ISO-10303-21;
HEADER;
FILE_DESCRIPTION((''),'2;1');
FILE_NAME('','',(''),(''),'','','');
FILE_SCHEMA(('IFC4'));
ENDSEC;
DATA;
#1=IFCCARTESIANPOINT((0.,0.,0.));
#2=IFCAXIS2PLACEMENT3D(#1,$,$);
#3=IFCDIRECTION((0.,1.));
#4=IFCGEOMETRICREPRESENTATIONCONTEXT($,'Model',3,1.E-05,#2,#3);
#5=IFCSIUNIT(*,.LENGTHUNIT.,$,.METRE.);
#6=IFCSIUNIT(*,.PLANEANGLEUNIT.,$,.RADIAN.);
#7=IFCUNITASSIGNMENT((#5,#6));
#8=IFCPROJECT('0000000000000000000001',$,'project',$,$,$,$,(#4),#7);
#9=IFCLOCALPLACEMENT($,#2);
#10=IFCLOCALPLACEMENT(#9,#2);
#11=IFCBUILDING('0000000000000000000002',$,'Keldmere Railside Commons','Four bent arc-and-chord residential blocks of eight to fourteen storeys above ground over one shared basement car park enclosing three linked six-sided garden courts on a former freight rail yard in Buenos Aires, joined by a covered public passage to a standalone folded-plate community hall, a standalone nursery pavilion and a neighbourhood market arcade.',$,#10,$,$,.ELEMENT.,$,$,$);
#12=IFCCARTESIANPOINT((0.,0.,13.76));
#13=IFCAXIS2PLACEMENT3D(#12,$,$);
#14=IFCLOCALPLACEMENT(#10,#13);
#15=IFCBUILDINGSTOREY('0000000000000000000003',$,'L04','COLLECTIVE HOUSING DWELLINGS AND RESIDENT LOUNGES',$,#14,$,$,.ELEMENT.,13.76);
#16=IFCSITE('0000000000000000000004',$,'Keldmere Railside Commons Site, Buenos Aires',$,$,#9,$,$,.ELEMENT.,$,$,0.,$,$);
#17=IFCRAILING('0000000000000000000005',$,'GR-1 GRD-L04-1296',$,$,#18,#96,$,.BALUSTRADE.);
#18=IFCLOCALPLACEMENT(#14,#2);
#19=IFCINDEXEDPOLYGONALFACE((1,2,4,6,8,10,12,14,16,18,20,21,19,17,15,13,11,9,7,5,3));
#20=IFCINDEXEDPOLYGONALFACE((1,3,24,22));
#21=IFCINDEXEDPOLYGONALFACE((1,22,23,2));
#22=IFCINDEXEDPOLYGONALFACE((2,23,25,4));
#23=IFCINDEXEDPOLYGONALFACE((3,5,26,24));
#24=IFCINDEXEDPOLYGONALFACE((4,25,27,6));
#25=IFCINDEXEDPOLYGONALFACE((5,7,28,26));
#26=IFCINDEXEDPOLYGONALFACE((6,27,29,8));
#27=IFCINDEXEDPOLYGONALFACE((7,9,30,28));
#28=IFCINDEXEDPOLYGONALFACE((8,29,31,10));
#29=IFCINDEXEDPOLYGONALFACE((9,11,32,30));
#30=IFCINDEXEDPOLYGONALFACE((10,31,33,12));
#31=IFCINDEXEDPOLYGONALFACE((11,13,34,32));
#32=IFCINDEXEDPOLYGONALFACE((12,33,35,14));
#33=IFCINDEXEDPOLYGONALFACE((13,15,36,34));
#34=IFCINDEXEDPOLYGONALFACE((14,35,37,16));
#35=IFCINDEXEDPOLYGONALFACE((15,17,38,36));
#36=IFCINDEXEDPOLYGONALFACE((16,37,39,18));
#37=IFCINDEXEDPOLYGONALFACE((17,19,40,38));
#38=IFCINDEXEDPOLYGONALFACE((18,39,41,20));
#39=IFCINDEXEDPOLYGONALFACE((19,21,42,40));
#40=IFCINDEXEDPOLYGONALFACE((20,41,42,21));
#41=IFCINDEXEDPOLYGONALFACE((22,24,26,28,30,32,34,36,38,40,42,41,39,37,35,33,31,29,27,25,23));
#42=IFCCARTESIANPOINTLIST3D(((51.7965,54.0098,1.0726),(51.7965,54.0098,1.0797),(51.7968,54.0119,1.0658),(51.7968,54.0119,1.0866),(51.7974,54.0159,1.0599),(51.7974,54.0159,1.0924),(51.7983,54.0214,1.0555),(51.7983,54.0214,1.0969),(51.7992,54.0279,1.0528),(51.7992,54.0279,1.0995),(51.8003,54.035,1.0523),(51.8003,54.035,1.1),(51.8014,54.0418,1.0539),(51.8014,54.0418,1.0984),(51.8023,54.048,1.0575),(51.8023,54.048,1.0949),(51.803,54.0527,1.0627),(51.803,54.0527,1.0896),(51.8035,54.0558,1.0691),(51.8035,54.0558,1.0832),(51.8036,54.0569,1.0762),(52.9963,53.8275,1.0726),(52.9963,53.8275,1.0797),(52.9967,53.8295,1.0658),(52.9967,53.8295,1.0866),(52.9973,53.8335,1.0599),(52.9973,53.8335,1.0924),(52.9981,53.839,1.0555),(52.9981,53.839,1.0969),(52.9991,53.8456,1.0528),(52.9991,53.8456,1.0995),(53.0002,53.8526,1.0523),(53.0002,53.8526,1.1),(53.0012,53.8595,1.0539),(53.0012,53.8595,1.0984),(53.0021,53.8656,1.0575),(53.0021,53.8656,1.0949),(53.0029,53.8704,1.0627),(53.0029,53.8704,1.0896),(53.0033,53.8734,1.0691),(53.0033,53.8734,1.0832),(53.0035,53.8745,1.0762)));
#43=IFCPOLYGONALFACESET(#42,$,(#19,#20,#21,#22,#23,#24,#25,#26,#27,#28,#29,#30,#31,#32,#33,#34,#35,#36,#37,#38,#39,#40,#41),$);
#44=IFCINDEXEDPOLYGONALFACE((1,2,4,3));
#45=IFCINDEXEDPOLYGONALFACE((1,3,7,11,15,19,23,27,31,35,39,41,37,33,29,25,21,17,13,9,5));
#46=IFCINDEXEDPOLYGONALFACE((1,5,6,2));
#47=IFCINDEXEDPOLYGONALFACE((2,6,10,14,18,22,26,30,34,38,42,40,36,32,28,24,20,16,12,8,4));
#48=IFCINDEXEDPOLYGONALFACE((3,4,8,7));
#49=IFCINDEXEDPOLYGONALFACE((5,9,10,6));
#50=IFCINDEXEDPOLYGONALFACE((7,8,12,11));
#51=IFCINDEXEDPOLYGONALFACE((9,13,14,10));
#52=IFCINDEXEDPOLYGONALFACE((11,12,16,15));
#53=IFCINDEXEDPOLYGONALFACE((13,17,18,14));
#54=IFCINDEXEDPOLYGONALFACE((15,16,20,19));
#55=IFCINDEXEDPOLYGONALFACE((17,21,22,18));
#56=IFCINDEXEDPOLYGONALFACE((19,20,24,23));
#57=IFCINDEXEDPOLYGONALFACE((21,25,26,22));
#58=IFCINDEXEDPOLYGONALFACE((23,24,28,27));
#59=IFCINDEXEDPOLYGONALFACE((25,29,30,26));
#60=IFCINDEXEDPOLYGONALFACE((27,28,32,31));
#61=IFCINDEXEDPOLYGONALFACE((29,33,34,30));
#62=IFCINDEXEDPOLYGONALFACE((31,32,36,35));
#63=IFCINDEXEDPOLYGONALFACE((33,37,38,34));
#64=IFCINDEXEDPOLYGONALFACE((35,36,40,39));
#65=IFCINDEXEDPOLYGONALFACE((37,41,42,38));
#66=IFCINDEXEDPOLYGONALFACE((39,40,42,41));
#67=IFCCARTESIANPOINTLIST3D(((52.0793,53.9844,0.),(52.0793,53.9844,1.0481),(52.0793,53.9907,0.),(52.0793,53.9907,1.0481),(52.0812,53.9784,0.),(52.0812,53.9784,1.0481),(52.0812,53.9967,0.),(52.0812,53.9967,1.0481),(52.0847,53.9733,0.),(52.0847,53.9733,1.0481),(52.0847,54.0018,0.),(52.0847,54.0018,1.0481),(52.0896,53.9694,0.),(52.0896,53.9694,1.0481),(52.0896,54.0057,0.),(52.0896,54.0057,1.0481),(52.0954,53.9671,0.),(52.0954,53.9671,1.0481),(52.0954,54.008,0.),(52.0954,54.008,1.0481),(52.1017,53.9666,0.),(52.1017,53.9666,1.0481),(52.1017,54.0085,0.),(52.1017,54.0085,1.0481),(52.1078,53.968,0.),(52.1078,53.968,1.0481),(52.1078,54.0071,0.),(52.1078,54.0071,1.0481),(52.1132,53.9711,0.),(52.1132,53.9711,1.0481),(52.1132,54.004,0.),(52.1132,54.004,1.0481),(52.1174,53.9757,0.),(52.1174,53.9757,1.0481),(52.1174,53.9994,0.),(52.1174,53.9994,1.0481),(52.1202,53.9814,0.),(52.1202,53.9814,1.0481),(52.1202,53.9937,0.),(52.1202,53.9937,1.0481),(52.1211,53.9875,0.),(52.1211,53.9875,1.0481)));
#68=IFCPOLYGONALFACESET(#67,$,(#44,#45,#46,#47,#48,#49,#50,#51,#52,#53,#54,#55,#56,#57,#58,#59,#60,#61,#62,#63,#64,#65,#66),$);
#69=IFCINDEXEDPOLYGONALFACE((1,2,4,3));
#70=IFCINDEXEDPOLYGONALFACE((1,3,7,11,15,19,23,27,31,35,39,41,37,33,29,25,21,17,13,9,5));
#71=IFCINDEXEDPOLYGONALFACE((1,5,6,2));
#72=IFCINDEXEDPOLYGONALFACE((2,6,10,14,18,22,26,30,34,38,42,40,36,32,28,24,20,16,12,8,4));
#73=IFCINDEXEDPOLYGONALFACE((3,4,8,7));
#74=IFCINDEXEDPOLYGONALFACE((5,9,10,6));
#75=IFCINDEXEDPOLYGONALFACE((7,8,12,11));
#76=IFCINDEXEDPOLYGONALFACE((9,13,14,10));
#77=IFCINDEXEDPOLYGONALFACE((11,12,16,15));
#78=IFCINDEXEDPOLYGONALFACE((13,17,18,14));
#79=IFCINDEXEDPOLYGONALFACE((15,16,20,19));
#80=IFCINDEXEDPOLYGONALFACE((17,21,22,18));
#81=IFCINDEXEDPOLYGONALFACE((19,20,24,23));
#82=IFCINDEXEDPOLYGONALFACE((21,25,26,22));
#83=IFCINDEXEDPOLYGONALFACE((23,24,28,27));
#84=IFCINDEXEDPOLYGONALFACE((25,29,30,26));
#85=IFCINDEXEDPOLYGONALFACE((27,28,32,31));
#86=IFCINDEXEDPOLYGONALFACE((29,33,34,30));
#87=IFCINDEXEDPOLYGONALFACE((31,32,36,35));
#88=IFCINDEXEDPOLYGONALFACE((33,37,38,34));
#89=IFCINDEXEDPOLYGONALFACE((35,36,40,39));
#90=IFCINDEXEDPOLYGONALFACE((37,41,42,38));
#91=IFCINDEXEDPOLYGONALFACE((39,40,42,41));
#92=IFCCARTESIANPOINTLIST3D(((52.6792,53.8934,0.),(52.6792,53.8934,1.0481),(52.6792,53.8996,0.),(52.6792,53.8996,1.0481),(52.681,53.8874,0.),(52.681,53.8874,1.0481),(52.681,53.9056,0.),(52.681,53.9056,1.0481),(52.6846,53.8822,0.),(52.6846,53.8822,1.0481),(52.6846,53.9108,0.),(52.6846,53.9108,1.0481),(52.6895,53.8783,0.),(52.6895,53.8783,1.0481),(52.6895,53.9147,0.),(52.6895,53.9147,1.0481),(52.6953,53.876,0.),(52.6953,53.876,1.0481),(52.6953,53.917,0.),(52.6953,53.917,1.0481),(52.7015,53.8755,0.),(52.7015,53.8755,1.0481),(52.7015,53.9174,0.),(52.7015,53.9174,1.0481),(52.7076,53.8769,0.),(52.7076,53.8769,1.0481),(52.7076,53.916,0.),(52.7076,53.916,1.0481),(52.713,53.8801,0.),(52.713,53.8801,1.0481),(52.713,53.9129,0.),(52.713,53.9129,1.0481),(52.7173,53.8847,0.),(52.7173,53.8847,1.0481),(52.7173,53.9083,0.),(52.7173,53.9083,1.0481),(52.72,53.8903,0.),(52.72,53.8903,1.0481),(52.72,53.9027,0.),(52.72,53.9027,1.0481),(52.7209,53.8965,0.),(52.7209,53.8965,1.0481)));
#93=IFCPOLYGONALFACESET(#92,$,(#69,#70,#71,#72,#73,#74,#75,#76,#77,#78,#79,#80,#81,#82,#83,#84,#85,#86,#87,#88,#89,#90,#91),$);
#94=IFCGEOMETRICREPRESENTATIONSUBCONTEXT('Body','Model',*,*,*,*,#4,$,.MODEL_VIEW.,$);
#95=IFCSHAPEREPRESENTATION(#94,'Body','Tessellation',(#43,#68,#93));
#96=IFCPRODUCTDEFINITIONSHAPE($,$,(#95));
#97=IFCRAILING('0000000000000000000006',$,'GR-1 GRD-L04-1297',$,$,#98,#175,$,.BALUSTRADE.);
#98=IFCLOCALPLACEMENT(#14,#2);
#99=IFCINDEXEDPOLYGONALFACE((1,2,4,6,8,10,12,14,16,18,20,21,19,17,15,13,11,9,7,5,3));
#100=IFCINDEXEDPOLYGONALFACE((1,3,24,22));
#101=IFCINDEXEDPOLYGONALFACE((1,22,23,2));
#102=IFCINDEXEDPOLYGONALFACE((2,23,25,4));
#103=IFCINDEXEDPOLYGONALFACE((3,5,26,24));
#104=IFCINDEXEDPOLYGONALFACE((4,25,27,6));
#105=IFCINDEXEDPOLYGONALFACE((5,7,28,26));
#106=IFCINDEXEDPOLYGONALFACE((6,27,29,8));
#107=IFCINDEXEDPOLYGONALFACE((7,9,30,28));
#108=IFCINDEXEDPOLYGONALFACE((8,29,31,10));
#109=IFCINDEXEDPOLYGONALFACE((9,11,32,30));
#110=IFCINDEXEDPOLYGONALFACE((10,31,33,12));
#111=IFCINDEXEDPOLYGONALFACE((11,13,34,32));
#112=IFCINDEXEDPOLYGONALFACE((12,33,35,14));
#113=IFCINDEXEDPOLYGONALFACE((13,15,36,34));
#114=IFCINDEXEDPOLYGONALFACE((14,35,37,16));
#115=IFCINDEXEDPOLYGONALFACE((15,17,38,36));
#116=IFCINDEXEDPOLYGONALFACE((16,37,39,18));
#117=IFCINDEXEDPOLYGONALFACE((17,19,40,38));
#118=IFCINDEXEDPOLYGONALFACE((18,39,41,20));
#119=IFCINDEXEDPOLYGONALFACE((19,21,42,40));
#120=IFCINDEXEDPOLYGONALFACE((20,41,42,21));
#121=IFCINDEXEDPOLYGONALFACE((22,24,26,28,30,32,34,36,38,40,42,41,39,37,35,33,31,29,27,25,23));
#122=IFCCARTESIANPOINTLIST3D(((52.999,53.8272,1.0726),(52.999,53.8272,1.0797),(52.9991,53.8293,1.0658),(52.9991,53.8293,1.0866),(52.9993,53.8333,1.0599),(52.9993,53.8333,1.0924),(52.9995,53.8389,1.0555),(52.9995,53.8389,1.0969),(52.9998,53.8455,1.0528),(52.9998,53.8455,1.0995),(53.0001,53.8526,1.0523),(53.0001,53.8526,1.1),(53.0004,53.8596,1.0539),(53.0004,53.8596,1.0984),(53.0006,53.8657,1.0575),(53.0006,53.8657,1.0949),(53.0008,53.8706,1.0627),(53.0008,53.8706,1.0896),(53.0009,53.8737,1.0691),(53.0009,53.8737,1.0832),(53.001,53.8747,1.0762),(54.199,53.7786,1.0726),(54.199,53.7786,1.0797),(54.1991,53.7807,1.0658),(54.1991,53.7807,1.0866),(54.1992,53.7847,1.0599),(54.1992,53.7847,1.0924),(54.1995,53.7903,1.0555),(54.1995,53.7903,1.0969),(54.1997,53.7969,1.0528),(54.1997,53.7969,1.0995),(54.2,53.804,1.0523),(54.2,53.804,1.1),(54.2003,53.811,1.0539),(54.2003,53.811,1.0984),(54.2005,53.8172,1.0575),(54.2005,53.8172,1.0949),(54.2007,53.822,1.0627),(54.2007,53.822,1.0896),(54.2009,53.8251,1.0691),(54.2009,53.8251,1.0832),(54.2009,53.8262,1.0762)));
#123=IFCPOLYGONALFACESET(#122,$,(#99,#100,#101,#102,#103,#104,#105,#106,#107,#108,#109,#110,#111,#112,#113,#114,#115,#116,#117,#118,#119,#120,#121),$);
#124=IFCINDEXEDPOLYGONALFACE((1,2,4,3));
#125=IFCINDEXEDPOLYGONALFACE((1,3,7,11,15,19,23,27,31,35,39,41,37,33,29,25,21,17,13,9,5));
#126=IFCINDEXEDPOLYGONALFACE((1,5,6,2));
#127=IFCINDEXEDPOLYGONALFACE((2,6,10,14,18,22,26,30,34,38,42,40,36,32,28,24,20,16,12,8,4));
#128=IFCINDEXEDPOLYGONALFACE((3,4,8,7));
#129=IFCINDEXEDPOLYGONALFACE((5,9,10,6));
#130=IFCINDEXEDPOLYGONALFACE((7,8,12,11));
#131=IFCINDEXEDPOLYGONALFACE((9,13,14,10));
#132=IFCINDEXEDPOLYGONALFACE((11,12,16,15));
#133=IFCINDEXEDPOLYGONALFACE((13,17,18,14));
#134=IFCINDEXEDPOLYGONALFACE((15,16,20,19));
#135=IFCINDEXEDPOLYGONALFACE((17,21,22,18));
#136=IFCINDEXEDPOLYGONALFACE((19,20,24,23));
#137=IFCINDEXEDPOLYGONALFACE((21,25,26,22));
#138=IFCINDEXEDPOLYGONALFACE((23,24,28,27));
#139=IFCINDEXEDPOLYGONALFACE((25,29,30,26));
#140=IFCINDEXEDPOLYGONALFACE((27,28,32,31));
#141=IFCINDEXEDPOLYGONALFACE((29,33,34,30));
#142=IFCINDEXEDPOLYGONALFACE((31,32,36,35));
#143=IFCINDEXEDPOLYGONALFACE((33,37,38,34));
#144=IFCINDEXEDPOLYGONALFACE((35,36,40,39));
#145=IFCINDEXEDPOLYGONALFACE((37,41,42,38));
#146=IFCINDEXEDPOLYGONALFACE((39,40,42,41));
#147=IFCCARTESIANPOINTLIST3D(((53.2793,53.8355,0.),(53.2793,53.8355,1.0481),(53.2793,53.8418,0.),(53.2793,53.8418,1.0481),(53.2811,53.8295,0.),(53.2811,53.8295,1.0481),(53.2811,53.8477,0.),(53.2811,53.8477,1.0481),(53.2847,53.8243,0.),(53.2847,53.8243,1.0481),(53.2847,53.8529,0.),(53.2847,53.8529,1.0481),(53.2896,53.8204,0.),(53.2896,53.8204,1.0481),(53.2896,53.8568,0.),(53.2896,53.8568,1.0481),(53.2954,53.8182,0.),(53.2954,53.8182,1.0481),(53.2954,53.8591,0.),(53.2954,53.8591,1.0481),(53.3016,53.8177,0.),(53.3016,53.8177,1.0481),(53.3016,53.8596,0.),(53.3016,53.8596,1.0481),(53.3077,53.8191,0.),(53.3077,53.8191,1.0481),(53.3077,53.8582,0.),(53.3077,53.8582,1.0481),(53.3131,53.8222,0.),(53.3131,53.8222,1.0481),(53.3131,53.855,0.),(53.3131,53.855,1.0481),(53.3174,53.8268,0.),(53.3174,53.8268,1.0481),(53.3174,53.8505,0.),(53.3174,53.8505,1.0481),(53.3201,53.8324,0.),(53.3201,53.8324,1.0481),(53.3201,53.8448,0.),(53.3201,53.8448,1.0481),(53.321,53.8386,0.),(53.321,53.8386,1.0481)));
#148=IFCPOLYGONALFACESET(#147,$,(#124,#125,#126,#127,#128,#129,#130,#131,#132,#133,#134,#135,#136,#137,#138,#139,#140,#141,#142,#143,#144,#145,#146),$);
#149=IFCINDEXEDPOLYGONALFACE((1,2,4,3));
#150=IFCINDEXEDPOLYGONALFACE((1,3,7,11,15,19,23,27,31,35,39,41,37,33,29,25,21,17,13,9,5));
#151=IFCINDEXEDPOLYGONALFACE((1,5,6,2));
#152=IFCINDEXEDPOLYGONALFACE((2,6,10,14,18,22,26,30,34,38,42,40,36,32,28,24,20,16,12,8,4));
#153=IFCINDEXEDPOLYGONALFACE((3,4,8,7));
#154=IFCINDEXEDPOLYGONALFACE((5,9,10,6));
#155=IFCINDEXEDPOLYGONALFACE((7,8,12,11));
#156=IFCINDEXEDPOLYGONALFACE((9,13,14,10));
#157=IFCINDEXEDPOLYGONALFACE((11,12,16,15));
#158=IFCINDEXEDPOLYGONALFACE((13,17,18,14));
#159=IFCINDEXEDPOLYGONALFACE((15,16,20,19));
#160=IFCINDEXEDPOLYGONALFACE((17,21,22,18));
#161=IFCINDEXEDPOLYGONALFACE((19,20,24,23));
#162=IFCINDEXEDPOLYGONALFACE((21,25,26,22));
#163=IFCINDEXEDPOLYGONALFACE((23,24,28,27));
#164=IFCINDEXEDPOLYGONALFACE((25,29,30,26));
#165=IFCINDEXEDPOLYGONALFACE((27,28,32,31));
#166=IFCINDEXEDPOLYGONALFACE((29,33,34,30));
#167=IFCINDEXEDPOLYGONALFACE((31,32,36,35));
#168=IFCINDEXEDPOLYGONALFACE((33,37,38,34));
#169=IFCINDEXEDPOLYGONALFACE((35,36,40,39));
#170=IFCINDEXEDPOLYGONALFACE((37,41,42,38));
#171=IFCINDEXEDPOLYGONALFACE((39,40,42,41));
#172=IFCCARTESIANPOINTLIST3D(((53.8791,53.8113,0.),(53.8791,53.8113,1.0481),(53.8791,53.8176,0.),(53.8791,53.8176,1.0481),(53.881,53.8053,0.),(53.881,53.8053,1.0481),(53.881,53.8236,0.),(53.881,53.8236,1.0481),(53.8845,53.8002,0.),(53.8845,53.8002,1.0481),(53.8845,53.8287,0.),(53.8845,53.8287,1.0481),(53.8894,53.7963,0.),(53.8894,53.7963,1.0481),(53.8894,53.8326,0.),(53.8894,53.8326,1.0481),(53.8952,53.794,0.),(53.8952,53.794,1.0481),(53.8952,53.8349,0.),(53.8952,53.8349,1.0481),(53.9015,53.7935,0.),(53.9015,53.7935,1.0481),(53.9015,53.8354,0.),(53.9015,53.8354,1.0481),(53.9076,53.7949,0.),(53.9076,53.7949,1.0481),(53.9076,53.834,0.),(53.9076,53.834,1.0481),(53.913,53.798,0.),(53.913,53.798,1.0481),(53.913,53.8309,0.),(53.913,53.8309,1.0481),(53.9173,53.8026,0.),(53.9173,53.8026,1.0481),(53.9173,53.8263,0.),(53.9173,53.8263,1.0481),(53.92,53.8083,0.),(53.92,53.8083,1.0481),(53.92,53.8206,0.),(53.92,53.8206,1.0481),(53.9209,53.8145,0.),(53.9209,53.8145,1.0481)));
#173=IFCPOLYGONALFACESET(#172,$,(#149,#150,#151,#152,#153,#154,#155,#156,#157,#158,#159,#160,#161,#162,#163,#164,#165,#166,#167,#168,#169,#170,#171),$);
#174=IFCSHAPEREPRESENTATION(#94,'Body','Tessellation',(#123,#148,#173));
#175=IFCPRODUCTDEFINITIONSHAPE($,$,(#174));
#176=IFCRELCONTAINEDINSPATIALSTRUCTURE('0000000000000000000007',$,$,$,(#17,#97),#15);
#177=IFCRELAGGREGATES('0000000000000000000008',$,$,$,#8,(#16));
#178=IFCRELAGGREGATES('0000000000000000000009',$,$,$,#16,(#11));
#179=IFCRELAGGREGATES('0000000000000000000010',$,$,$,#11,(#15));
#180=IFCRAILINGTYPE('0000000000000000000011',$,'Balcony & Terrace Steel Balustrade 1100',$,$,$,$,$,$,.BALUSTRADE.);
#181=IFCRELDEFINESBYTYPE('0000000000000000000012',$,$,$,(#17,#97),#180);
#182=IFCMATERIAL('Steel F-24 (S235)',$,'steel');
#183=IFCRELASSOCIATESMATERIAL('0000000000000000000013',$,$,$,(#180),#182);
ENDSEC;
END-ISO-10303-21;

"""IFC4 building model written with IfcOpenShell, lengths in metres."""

from ifc_helpers import new_model, si_unit, direction, frame, origin, origin_2d, place, context, subcontext, project, spatial, circle, extrude, material, type_object, element, save


model = new_model("IFC4")

# Units and contexts
model_context = context("Model", 3, precision=1e-05, world=origin(), true_north=direction((0.0, 1.0)))
body_context = subcontext(model_context, "Body", "Model", "MODEL_VIEW")
ifc_project = project(units=[si_unit("LENGTHUNIT", "METRE"), si_unit("PLANEANGLEUNIT", "RADIAN")], contexts=[model_context])

# Site, building, storey
site_placement = place(None, origin())
site = spatial("IfcSite", under=ifc_project, at=site_placement, Name="Keldmere Railside Commons Site, Buenos Aires", CompositionType="ELEMENT", RefElevation=0.0)
building_placement = place(site_placement, origin())
building = spatial("IfcBuilding", under=site, at=building_placement, Name="Keldmere Railside Commons", Description="Four bent arc-and-chord residential blocks of eight to fourteen storeys above ground over one shared basement car park enclosing three linked six-sided garden courts on a former freight rail yard in Buenos Aires, joined by a covered public passage to a standalone folded-plate community hall, a standalone nursery pavilion and a neighbourhood market arcade.", CompositionType="ELEMENT")
storey_placement = place(building_placement, frame((0.0, 0.0, 13.76)))
storey = spatial("IfcBuildingStorey", under=building, at=storey_placement, Name="L04", Description="COLLECTIVE HOUSING DWELLINGS AND RESIDENT LOUNGES", CompositionType="ELEMENT", Elevation=13.76)

# Railings
ifc_material_1 = material(Name="Steel F-24 (S235)", Category="steel")
railing_type = type_object("IfcRailingType", Name="Balcony & Terrace Steel Balustrade 1100", PredefinedType="BALUSTRADE", material=ifc_material_1)
railing_1_placement = place(storey_placement, frame((51.8, 54.0332, 0.0)))
element("IfcRailing", 1, at=railing_1_placement, inside=storey, type_object=railing_type, Name="GR-1 GRD-L04-1296", PredefinedType="BALUSTRADE", context=body_context, shape_type="SweptSolid", body=[
    extrude(circle(Radius=0.0239, at=origin_2d()), frame((0.0, 0.0, 1.0762), z_axis=(0.988647, -0.150258, 0.0), x_axis=(0.150258, 0.988647, 0.0)), (0.0, 0.0, 1.0), 1.2136),
    extrude(circle(Radius=0.021, at=origin_2d()), frame((0.3, -0.0457, 0.0)), (0.0, 0.0, 1.0), 1.0481),
    extrude(circle(Radius=0.021, at=origin_2d()), frame((0.8999, -0.1367, 0.0)), (0.0, 0.0, 1.0), 1.0481),
])
railing_2_placement = place(storey_placement, frame((53.0, 53.8508, 0.0)))
element("IfcRailing", 2, at=railing_2_placement, inside=storey, type_object=railing_type, Name="GR-1 GRD-L04-1297", PredefinedType="BALUSTRADE", context=body_context, shape_type="SweptSolid", body=[
    extrude(circle(Radius=0.0239, at=origin_2d()), frame((0.0, 0.0, 1.0762), z_axis=(0.999181, -0.040455, 0.0), x_axis=(0.040455, 0.999181, 0.0)), (0.0, 0.0, 1.0), 1.2009),
    extrude(circle(Radius=0.021, at=origin_2d()), frame((0.3, -0.0122, 0.0)), (0.0, 0.0, 1.0), 1.0481),
    extrude(circle(Radius=0.021, at=origin_2d()), frame((0.8999, -0.0364, 0.0)), (0.0, 0.0, 1.0), 1.0481),
])

save(model, "model.ifc")
